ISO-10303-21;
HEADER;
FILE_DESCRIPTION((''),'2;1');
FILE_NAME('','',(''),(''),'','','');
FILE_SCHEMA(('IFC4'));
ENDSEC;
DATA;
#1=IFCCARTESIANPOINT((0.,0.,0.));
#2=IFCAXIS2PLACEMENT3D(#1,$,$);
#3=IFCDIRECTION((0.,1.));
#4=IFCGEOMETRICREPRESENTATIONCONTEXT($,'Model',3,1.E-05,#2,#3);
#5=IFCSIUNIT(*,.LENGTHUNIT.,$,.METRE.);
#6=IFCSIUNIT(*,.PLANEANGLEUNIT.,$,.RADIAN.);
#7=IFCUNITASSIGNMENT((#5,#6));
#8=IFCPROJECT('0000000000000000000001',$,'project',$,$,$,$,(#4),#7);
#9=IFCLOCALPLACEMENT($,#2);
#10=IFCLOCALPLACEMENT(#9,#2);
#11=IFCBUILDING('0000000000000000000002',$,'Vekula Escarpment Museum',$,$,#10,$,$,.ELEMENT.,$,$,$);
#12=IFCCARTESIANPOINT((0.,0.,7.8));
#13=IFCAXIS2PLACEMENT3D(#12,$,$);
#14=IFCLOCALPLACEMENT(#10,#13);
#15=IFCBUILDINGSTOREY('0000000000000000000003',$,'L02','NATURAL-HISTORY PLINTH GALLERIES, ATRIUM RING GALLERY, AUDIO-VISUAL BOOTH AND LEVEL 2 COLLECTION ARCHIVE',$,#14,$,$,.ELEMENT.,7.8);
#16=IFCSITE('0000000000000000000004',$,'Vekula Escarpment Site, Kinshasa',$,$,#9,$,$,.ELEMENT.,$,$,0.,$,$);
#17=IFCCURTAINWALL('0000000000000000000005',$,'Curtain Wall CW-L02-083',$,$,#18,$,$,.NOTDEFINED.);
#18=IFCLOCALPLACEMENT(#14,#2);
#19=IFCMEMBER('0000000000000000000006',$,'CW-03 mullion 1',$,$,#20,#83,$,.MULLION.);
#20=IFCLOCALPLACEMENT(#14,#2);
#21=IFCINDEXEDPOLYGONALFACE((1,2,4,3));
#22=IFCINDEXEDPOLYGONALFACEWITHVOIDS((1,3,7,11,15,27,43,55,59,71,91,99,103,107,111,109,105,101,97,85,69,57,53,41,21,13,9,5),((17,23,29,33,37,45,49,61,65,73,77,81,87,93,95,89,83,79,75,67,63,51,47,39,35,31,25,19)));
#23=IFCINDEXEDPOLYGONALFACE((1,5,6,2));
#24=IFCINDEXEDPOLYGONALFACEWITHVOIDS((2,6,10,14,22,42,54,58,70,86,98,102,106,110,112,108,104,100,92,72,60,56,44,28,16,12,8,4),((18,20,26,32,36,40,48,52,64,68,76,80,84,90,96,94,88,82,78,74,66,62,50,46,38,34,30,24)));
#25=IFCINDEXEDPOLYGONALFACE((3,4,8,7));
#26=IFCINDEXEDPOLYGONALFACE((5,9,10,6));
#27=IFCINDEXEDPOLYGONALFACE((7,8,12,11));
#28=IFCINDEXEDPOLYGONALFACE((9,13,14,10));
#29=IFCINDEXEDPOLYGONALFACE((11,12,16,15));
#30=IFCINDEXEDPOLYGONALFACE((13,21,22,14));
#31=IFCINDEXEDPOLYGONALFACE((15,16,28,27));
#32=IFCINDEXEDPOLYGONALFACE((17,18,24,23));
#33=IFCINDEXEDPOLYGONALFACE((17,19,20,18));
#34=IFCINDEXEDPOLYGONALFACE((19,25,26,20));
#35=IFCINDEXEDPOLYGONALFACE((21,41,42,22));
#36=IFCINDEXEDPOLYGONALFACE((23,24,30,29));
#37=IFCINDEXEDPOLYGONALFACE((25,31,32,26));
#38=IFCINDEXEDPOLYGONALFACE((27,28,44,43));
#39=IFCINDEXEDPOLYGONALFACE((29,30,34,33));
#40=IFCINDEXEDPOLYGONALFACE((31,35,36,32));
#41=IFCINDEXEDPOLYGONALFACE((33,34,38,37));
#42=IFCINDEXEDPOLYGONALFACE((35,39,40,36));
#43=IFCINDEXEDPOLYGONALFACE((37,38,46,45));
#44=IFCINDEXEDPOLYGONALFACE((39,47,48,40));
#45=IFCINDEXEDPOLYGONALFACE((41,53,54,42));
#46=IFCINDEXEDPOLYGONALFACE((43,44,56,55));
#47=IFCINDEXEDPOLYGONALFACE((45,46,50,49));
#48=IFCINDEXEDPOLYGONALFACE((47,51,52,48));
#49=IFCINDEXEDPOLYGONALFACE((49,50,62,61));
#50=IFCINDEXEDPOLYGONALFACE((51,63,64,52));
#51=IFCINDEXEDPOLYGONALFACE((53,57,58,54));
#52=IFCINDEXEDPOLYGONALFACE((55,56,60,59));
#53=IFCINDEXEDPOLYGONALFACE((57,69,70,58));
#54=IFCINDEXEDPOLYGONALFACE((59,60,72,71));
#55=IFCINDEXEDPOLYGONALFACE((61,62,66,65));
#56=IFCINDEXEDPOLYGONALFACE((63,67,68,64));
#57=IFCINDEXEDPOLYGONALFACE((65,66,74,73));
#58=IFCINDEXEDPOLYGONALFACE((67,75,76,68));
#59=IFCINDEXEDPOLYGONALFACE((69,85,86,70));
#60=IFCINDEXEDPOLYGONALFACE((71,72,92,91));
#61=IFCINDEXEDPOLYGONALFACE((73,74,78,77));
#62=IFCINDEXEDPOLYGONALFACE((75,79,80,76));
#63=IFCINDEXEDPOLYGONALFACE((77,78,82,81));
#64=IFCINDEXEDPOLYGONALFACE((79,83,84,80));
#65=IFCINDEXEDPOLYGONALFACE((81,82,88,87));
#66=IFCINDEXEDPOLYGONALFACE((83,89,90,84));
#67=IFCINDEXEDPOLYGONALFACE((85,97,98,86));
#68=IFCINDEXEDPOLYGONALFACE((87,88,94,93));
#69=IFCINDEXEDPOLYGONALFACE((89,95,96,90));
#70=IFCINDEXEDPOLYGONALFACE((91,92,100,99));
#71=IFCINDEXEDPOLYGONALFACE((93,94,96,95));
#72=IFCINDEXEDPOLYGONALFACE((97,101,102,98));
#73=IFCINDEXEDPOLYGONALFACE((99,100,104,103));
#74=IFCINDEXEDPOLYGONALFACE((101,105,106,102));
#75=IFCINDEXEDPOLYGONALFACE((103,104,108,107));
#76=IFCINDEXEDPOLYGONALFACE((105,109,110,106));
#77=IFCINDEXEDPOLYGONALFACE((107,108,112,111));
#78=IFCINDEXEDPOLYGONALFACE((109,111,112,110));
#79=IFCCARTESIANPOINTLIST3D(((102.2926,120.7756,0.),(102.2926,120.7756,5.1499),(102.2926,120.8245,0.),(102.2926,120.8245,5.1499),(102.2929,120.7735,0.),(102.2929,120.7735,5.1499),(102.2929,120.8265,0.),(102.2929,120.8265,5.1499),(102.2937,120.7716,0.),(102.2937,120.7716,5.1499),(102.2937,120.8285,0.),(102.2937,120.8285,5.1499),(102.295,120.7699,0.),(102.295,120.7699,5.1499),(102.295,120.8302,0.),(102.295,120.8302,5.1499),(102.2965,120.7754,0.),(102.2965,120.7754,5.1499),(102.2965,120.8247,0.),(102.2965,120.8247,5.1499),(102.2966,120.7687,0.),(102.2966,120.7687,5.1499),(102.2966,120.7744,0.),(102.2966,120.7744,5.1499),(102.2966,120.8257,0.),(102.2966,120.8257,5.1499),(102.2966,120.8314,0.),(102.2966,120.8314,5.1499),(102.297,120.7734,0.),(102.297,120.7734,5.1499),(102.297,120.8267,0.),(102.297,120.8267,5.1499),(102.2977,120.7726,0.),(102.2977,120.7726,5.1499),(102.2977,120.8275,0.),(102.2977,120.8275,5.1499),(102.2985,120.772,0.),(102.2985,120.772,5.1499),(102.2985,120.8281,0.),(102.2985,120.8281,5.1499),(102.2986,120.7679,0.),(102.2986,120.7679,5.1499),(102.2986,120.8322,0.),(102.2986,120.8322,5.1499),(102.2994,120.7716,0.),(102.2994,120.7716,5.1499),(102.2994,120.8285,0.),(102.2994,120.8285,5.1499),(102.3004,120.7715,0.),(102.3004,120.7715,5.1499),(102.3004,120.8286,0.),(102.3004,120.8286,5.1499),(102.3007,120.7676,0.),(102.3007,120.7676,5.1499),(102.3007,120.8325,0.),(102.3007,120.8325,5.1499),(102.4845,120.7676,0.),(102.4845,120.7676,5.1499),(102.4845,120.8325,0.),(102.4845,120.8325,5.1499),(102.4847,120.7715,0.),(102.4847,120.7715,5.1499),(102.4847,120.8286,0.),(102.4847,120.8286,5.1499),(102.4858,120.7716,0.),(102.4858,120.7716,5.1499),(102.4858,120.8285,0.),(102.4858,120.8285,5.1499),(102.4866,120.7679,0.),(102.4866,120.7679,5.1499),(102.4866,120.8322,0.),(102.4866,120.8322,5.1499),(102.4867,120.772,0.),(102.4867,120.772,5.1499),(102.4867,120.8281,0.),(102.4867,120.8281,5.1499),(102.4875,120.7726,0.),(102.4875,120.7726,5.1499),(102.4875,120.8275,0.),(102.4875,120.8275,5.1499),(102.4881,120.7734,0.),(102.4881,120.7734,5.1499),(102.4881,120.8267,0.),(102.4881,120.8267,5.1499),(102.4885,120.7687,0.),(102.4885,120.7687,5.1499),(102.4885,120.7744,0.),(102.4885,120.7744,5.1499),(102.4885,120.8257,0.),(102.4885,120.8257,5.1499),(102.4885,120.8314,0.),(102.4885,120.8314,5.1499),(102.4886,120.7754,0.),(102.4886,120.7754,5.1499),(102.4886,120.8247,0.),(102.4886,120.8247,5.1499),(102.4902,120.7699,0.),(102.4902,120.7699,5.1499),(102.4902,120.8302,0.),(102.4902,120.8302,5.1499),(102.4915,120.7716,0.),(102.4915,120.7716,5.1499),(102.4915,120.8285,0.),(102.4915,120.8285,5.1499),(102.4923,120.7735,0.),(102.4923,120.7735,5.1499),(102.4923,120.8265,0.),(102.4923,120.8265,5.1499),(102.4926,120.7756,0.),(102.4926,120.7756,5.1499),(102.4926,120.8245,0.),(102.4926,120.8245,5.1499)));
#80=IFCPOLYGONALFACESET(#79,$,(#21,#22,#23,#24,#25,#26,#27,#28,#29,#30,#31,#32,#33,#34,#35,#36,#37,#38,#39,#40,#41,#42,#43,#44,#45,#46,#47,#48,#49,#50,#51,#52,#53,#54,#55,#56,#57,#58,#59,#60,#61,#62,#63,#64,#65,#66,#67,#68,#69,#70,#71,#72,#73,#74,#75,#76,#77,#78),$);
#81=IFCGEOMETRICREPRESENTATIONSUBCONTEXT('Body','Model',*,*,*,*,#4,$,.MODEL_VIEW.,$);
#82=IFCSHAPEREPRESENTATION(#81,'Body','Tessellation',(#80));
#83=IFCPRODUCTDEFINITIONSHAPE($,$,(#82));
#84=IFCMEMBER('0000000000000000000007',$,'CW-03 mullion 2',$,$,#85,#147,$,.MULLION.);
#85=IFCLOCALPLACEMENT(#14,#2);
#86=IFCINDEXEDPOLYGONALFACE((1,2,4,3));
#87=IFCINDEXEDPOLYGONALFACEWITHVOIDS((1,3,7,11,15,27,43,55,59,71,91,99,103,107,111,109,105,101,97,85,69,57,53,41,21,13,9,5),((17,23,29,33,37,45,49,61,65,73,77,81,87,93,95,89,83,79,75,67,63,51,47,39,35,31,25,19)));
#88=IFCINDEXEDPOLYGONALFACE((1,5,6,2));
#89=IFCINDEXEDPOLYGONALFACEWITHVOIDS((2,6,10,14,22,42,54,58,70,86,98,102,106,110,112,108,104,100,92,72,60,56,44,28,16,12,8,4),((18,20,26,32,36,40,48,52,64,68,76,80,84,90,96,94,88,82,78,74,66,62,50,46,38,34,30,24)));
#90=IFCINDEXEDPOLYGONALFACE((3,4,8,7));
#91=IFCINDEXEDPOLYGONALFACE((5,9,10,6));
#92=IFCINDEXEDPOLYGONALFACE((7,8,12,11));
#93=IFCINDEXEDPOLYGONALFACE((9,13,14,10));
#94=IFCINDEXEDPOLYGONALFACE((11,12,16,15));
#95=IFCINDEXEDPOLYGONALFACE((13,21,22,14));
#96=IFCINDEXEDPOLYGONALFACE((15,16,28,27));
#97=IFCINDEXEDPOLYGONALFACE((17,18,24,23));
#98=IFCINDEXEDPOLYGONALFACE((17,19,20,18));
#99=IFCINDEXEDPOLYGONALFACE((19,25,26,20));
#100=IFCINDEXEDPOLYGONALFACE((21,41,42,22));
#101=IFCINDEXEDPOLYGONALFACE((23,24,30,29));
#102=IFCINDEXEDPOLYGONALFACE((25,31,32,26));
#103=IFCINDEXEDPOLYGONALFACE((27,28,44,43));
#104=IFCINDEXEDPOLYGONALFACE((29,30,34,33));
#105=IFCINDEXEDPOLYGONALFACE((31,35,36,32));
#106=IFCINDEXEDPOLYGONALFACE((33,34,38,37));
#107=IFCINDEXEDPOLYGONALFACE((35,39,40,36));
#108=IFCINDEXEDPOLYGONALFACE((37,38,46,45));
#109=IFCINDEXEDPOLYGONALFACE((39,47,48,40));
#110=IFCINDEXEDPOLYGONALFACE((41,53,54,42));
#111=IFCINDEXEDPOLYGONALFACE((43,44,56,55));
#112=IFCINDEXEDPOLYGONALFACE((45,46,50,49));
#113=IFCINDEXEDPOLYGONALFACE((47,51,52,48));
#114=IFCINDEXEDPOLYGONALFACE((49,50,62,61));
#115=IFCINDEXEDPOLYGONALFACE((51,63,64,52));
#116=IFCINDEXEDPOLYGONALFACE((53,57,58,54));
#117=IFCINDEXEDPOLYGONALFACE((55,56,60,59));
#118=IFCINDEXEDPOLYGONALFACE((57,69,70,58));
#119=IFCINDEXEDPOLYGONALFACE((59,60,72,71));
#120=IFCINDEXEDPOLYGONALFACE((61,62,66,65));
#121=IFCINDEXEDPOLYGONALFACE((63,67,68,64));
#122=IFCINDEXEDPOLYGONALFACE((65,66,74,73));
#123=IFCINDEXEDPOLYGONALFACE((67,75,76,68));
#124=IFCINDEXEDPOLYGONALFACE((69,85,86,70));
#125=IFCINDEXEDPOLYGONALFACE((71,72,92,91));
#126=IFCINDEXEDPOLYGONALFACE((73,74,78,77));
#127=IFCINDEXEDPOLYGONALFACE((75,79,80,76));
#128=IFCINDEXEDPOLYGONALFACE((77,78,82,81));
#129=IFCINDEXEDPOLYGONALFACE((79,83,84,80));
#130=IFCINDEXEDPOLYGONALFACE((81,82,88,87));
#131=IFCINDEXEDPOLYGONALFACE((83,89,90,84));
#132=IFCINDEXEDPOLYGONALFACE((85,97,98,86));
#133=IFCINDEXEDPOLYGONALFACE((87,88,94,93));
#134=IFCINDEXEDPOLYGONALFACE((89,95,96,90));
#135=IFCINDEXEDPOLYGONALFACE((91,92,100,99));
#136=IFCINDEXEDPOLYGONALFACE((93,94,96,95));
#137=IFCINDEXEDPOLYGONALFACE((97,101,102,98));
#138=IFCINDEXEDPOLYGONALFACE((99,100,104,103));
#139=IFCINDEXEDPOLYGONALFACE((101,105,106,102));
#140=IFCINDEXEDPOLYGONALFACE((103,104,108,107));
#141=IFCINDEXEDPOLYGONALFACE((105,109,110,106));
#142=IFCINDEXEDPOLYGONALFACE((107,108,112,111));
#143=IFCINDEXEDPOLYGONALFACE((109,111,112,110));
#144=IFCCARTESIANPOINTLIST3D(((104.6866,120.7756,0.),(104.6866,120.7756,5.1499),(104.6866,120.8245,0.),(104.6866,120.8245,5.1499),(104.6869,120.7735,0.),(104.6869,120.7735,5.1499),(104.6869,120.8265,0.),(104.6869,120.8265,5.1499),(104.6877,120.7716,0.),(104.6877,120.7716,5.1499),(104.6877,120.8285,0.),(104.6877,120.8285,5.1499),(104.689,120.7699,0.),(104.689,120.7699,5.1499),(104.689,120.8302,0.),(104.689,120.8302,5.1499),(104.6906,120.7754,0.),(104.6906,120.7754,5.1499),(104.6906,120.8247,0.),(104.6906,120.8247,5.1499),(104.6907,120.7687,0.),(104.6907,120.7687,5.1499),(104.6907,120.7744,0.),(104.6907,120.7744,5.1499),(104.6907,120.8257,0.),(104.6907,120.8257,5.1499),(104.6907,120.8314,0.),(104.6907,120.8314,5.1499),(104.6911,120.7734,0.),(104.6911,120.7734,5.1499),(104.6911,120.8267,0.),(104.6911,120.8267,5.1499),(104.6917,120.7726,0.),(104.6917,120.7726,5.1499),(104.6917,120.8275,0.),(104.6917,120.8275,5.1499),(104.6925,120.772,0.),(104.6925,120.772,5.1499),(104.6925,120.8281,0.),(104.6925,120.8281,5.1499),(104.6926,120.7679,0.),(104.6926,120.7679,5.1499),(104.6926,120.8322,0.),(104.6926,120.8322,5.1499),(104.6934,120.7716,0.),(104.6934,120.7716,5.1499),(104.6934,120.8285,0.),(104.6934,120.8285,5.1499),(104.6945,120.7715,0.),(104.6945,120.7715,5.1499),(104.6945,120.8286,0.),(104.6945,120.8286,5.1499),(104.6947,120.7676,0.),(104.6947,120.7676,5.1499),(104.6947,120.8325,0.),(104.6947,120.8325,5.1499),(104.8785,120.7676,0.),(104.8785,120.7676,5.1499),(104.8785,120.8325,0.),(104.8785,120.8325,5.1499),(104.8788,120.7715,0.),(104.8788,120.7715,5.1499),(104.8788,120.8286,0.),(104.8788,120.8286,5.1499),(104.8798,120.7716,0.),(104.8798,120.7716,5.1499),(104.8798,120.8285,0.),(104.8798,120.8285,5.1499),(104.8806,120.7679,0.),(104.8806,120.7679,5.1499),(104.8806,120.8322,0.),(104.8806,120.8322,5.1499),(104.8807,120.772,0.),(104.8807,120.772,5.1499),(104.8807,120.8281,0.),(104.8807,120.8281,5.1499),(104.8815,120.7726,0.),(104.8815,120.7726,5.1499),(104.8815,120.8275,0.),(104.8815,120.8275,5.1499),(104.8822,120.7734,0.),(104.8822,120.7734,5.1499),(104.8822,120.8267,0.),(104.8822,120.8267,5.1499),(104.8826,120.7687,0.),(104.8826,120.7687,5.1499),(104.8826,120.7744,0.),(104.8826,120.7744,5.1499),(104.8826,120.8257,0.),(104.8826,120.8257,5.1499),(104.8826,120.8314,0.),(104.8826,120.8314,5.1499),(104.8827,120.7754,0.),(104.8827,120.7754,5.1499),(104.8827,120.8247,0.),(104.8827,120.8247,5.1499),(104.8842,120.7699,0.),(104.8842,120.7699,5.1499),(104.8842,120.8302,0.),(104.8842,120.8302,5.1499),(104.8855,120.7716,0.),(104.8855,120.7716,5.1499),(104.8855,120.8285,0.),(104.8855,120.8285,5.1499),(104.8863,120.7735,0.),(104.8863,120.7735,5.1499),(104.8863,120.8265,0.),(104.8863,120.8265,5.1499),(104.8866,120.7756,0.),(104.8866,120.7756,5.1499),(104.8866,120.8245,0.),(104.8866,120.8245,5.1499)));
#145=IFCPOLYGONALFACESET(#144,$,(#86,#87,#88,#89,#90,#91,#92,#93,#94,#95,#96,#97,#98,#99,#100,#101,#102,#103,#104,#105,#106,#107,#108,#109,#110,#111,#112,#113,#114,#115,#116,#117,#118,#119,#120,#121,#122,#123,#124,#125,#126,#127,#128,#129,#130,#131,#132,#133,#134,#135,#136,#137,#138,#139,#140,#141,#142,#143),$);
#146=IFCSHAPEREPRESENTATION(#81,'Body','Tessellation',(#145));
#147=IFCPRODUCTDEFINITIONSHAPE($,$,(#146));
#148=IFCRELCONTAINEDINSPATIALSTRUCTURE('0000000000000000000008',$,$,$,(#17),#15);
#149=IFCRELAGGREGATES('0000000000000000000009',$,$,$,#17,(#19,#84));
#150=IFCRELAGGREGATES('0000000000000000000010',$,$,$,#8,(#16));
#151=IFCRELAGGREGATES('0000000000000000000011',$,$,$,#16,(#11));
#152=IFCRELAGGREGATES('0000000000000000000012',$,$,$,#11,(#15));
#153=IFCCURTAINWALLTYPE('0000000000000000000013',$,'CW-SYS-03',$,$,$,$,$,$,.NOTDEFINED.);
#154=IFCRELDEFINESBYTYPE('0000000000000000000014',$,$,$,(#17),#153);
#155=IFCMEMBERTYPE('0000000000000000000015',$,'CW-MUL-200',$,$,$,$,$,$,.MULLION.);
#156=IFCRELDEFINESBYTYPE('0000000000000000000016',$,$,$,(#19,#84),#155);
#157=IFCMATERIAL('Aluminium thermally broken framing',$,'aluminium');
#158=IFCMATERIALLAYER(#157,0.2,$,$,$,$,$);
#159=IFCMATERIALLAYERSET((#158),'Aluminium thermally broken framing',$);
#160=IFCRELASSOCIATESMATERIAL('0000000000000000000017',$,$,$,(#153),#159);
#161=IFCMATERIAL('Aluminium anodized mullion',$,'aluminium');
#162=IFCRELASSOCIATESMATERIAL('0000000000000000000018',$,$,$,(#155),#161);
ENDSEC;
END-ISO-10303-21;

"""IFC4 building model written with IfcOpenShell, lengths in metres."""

from ifc_helpers import new_model, si_unit, direction, frame, origin, origin_2d, place, context, subcontext, project, spatial, hollow_rectangle, extrude, material, layer, layer_set, material_profile, profile_set, type_object, element, aggregate, save


model = new_model("IFC4")

# Units and contexts
model_context = context("Model", 3, precision=1e-05, world=origin(), true_north=direction((0.0, 1.0)))
body_context = subcontext(model_context, "Body", "Model", "MODEL_VIEW")
ifc_project = project(units=[si_unit("LENGTHUNIT", "METRE"), si_unit("PLANEANGLEUNIT", "RADIAN")], contexts=[model_context])

# Site, building, storey
site_placement = place(None, origin())
site = spatial("IfcSite", under=ifc_project, at=site_placement, Name="Vekula Escarpment Site, Kinshasa", CompositionType="ELEMENT", RefElevation=0.0)
building_placement = place(site_placement, origin())
building = spatial("IfcBuilding", under=site, at=building_placement, Name="Vekula Escarpment Museum", CompositionType="ELEMENT")
storey_placement = place(building_placement, frame((0.0, 0.0, 7.8)))
storey = spatial("IfcBuildingStorey", under=building, at=storey_placement, Name="L02", Description="NATURAL-HISTORY PLINTH GALLERIES, ATRIUM RING GALLERY, AUDIO-VISUAL BOOTH AND LEVEL 2 COLLECTION ARCHIVE", CompositionType="ELEMENT", Elevation=7.8)

# Curtain wall, members
ifc_material_1 = material(Name="Aluminium thermally broken framing", Category="aluminium")
ifc_layer_1 = layer(ifc_material_1, 0.2)
ifc_layer_set_1 = layer_set([ifc_layer_1], Name="Aluminium thermally broken framing")
curtain_wall_type = type_object("IfcCurtainWallType", Name="CW-SYS-03", PredefinedType="NOTDEFINED", material=ifc_layer_set_1)
curtain_wall_placement = place(storey_placement, origin())
curtain_wall = element("IfcCurtainWall", 1, at=curtain_wall_placement, inside=storey, type_object=curtain_wall_type, Name="Curtain Wall CW-L02-083", PredefinedType="NOTDEFINED")
ifc_material_2 = material(Name="Aluminium anodized mullion", Category="aluminium")
ifc_material_profile_1 = material_profile(ifc_material_2, hollow_rectangle(XDim=0.0649, YDim=0.2, WallThickness=0.0039, InnerFilletRadius=0.0039, OuterFilletRadius=0.0081, at=origin_2d()), Name="ALU 200x65x4")
ifc_profile_set_1 = profile_set([ifc_material_profile_1], Name="Aluminium anodized mullion")
member_type_1 = type_object("IfcMemberType", Name="CW-MUL-200", PredefinedType="MULLION", material=ifc_profile_set_1)
member_1_placement = place(storey_placement, frame((102.3926, 120.8, 0.0), z_axis=(0.0, 0.0, 1.0), x_axis=(0.0, 1.0, 0.0)))
member_1 = element("IfcMember", 2, at=member_1_placement, type_object=member_type_1, Name="CW-03 mullion 1", PredefinedType="MULLION", context=body_context, shape_type="SweptSolid", body=[
    extrude(hollow_rectangle(XDim=0.0649, YDim=0.2, WallThickness=0.0039, InnerFilletRadius=0.0039, OuterFilletRadius=0.0081, at=origin_2d()), origin(), (0.0, 0.0, 1.0), 5.1499),
])
member_2_placement = place(storey_placement, frame((104.7866, 120.8, 0.0), z_axis=(0.0, 0.0, 1.0), x_axis=(0.0, 1.0, 0.0)))
member_2 = element("IfcMember", 3, at=member_2_placement, type_object=member_type_1, Name="CW-03 mullion 2", PredefinedType="MULLION", context=body_context, shape_type="SweptSolid", body=[
    extrude(hollow_rectangle(XDim=0.0649, YDim=0.2, WallThickness=0.0039, InnerFilletRadius=0.0039, OuterFilletRadius=0.0081, at=origin_2d()), origin(), (0.0, 0.0, 1.0), 5.1499),
])
aggregate(curtain_wall, [member_1, member_2])

save(model, "model.ifc")
